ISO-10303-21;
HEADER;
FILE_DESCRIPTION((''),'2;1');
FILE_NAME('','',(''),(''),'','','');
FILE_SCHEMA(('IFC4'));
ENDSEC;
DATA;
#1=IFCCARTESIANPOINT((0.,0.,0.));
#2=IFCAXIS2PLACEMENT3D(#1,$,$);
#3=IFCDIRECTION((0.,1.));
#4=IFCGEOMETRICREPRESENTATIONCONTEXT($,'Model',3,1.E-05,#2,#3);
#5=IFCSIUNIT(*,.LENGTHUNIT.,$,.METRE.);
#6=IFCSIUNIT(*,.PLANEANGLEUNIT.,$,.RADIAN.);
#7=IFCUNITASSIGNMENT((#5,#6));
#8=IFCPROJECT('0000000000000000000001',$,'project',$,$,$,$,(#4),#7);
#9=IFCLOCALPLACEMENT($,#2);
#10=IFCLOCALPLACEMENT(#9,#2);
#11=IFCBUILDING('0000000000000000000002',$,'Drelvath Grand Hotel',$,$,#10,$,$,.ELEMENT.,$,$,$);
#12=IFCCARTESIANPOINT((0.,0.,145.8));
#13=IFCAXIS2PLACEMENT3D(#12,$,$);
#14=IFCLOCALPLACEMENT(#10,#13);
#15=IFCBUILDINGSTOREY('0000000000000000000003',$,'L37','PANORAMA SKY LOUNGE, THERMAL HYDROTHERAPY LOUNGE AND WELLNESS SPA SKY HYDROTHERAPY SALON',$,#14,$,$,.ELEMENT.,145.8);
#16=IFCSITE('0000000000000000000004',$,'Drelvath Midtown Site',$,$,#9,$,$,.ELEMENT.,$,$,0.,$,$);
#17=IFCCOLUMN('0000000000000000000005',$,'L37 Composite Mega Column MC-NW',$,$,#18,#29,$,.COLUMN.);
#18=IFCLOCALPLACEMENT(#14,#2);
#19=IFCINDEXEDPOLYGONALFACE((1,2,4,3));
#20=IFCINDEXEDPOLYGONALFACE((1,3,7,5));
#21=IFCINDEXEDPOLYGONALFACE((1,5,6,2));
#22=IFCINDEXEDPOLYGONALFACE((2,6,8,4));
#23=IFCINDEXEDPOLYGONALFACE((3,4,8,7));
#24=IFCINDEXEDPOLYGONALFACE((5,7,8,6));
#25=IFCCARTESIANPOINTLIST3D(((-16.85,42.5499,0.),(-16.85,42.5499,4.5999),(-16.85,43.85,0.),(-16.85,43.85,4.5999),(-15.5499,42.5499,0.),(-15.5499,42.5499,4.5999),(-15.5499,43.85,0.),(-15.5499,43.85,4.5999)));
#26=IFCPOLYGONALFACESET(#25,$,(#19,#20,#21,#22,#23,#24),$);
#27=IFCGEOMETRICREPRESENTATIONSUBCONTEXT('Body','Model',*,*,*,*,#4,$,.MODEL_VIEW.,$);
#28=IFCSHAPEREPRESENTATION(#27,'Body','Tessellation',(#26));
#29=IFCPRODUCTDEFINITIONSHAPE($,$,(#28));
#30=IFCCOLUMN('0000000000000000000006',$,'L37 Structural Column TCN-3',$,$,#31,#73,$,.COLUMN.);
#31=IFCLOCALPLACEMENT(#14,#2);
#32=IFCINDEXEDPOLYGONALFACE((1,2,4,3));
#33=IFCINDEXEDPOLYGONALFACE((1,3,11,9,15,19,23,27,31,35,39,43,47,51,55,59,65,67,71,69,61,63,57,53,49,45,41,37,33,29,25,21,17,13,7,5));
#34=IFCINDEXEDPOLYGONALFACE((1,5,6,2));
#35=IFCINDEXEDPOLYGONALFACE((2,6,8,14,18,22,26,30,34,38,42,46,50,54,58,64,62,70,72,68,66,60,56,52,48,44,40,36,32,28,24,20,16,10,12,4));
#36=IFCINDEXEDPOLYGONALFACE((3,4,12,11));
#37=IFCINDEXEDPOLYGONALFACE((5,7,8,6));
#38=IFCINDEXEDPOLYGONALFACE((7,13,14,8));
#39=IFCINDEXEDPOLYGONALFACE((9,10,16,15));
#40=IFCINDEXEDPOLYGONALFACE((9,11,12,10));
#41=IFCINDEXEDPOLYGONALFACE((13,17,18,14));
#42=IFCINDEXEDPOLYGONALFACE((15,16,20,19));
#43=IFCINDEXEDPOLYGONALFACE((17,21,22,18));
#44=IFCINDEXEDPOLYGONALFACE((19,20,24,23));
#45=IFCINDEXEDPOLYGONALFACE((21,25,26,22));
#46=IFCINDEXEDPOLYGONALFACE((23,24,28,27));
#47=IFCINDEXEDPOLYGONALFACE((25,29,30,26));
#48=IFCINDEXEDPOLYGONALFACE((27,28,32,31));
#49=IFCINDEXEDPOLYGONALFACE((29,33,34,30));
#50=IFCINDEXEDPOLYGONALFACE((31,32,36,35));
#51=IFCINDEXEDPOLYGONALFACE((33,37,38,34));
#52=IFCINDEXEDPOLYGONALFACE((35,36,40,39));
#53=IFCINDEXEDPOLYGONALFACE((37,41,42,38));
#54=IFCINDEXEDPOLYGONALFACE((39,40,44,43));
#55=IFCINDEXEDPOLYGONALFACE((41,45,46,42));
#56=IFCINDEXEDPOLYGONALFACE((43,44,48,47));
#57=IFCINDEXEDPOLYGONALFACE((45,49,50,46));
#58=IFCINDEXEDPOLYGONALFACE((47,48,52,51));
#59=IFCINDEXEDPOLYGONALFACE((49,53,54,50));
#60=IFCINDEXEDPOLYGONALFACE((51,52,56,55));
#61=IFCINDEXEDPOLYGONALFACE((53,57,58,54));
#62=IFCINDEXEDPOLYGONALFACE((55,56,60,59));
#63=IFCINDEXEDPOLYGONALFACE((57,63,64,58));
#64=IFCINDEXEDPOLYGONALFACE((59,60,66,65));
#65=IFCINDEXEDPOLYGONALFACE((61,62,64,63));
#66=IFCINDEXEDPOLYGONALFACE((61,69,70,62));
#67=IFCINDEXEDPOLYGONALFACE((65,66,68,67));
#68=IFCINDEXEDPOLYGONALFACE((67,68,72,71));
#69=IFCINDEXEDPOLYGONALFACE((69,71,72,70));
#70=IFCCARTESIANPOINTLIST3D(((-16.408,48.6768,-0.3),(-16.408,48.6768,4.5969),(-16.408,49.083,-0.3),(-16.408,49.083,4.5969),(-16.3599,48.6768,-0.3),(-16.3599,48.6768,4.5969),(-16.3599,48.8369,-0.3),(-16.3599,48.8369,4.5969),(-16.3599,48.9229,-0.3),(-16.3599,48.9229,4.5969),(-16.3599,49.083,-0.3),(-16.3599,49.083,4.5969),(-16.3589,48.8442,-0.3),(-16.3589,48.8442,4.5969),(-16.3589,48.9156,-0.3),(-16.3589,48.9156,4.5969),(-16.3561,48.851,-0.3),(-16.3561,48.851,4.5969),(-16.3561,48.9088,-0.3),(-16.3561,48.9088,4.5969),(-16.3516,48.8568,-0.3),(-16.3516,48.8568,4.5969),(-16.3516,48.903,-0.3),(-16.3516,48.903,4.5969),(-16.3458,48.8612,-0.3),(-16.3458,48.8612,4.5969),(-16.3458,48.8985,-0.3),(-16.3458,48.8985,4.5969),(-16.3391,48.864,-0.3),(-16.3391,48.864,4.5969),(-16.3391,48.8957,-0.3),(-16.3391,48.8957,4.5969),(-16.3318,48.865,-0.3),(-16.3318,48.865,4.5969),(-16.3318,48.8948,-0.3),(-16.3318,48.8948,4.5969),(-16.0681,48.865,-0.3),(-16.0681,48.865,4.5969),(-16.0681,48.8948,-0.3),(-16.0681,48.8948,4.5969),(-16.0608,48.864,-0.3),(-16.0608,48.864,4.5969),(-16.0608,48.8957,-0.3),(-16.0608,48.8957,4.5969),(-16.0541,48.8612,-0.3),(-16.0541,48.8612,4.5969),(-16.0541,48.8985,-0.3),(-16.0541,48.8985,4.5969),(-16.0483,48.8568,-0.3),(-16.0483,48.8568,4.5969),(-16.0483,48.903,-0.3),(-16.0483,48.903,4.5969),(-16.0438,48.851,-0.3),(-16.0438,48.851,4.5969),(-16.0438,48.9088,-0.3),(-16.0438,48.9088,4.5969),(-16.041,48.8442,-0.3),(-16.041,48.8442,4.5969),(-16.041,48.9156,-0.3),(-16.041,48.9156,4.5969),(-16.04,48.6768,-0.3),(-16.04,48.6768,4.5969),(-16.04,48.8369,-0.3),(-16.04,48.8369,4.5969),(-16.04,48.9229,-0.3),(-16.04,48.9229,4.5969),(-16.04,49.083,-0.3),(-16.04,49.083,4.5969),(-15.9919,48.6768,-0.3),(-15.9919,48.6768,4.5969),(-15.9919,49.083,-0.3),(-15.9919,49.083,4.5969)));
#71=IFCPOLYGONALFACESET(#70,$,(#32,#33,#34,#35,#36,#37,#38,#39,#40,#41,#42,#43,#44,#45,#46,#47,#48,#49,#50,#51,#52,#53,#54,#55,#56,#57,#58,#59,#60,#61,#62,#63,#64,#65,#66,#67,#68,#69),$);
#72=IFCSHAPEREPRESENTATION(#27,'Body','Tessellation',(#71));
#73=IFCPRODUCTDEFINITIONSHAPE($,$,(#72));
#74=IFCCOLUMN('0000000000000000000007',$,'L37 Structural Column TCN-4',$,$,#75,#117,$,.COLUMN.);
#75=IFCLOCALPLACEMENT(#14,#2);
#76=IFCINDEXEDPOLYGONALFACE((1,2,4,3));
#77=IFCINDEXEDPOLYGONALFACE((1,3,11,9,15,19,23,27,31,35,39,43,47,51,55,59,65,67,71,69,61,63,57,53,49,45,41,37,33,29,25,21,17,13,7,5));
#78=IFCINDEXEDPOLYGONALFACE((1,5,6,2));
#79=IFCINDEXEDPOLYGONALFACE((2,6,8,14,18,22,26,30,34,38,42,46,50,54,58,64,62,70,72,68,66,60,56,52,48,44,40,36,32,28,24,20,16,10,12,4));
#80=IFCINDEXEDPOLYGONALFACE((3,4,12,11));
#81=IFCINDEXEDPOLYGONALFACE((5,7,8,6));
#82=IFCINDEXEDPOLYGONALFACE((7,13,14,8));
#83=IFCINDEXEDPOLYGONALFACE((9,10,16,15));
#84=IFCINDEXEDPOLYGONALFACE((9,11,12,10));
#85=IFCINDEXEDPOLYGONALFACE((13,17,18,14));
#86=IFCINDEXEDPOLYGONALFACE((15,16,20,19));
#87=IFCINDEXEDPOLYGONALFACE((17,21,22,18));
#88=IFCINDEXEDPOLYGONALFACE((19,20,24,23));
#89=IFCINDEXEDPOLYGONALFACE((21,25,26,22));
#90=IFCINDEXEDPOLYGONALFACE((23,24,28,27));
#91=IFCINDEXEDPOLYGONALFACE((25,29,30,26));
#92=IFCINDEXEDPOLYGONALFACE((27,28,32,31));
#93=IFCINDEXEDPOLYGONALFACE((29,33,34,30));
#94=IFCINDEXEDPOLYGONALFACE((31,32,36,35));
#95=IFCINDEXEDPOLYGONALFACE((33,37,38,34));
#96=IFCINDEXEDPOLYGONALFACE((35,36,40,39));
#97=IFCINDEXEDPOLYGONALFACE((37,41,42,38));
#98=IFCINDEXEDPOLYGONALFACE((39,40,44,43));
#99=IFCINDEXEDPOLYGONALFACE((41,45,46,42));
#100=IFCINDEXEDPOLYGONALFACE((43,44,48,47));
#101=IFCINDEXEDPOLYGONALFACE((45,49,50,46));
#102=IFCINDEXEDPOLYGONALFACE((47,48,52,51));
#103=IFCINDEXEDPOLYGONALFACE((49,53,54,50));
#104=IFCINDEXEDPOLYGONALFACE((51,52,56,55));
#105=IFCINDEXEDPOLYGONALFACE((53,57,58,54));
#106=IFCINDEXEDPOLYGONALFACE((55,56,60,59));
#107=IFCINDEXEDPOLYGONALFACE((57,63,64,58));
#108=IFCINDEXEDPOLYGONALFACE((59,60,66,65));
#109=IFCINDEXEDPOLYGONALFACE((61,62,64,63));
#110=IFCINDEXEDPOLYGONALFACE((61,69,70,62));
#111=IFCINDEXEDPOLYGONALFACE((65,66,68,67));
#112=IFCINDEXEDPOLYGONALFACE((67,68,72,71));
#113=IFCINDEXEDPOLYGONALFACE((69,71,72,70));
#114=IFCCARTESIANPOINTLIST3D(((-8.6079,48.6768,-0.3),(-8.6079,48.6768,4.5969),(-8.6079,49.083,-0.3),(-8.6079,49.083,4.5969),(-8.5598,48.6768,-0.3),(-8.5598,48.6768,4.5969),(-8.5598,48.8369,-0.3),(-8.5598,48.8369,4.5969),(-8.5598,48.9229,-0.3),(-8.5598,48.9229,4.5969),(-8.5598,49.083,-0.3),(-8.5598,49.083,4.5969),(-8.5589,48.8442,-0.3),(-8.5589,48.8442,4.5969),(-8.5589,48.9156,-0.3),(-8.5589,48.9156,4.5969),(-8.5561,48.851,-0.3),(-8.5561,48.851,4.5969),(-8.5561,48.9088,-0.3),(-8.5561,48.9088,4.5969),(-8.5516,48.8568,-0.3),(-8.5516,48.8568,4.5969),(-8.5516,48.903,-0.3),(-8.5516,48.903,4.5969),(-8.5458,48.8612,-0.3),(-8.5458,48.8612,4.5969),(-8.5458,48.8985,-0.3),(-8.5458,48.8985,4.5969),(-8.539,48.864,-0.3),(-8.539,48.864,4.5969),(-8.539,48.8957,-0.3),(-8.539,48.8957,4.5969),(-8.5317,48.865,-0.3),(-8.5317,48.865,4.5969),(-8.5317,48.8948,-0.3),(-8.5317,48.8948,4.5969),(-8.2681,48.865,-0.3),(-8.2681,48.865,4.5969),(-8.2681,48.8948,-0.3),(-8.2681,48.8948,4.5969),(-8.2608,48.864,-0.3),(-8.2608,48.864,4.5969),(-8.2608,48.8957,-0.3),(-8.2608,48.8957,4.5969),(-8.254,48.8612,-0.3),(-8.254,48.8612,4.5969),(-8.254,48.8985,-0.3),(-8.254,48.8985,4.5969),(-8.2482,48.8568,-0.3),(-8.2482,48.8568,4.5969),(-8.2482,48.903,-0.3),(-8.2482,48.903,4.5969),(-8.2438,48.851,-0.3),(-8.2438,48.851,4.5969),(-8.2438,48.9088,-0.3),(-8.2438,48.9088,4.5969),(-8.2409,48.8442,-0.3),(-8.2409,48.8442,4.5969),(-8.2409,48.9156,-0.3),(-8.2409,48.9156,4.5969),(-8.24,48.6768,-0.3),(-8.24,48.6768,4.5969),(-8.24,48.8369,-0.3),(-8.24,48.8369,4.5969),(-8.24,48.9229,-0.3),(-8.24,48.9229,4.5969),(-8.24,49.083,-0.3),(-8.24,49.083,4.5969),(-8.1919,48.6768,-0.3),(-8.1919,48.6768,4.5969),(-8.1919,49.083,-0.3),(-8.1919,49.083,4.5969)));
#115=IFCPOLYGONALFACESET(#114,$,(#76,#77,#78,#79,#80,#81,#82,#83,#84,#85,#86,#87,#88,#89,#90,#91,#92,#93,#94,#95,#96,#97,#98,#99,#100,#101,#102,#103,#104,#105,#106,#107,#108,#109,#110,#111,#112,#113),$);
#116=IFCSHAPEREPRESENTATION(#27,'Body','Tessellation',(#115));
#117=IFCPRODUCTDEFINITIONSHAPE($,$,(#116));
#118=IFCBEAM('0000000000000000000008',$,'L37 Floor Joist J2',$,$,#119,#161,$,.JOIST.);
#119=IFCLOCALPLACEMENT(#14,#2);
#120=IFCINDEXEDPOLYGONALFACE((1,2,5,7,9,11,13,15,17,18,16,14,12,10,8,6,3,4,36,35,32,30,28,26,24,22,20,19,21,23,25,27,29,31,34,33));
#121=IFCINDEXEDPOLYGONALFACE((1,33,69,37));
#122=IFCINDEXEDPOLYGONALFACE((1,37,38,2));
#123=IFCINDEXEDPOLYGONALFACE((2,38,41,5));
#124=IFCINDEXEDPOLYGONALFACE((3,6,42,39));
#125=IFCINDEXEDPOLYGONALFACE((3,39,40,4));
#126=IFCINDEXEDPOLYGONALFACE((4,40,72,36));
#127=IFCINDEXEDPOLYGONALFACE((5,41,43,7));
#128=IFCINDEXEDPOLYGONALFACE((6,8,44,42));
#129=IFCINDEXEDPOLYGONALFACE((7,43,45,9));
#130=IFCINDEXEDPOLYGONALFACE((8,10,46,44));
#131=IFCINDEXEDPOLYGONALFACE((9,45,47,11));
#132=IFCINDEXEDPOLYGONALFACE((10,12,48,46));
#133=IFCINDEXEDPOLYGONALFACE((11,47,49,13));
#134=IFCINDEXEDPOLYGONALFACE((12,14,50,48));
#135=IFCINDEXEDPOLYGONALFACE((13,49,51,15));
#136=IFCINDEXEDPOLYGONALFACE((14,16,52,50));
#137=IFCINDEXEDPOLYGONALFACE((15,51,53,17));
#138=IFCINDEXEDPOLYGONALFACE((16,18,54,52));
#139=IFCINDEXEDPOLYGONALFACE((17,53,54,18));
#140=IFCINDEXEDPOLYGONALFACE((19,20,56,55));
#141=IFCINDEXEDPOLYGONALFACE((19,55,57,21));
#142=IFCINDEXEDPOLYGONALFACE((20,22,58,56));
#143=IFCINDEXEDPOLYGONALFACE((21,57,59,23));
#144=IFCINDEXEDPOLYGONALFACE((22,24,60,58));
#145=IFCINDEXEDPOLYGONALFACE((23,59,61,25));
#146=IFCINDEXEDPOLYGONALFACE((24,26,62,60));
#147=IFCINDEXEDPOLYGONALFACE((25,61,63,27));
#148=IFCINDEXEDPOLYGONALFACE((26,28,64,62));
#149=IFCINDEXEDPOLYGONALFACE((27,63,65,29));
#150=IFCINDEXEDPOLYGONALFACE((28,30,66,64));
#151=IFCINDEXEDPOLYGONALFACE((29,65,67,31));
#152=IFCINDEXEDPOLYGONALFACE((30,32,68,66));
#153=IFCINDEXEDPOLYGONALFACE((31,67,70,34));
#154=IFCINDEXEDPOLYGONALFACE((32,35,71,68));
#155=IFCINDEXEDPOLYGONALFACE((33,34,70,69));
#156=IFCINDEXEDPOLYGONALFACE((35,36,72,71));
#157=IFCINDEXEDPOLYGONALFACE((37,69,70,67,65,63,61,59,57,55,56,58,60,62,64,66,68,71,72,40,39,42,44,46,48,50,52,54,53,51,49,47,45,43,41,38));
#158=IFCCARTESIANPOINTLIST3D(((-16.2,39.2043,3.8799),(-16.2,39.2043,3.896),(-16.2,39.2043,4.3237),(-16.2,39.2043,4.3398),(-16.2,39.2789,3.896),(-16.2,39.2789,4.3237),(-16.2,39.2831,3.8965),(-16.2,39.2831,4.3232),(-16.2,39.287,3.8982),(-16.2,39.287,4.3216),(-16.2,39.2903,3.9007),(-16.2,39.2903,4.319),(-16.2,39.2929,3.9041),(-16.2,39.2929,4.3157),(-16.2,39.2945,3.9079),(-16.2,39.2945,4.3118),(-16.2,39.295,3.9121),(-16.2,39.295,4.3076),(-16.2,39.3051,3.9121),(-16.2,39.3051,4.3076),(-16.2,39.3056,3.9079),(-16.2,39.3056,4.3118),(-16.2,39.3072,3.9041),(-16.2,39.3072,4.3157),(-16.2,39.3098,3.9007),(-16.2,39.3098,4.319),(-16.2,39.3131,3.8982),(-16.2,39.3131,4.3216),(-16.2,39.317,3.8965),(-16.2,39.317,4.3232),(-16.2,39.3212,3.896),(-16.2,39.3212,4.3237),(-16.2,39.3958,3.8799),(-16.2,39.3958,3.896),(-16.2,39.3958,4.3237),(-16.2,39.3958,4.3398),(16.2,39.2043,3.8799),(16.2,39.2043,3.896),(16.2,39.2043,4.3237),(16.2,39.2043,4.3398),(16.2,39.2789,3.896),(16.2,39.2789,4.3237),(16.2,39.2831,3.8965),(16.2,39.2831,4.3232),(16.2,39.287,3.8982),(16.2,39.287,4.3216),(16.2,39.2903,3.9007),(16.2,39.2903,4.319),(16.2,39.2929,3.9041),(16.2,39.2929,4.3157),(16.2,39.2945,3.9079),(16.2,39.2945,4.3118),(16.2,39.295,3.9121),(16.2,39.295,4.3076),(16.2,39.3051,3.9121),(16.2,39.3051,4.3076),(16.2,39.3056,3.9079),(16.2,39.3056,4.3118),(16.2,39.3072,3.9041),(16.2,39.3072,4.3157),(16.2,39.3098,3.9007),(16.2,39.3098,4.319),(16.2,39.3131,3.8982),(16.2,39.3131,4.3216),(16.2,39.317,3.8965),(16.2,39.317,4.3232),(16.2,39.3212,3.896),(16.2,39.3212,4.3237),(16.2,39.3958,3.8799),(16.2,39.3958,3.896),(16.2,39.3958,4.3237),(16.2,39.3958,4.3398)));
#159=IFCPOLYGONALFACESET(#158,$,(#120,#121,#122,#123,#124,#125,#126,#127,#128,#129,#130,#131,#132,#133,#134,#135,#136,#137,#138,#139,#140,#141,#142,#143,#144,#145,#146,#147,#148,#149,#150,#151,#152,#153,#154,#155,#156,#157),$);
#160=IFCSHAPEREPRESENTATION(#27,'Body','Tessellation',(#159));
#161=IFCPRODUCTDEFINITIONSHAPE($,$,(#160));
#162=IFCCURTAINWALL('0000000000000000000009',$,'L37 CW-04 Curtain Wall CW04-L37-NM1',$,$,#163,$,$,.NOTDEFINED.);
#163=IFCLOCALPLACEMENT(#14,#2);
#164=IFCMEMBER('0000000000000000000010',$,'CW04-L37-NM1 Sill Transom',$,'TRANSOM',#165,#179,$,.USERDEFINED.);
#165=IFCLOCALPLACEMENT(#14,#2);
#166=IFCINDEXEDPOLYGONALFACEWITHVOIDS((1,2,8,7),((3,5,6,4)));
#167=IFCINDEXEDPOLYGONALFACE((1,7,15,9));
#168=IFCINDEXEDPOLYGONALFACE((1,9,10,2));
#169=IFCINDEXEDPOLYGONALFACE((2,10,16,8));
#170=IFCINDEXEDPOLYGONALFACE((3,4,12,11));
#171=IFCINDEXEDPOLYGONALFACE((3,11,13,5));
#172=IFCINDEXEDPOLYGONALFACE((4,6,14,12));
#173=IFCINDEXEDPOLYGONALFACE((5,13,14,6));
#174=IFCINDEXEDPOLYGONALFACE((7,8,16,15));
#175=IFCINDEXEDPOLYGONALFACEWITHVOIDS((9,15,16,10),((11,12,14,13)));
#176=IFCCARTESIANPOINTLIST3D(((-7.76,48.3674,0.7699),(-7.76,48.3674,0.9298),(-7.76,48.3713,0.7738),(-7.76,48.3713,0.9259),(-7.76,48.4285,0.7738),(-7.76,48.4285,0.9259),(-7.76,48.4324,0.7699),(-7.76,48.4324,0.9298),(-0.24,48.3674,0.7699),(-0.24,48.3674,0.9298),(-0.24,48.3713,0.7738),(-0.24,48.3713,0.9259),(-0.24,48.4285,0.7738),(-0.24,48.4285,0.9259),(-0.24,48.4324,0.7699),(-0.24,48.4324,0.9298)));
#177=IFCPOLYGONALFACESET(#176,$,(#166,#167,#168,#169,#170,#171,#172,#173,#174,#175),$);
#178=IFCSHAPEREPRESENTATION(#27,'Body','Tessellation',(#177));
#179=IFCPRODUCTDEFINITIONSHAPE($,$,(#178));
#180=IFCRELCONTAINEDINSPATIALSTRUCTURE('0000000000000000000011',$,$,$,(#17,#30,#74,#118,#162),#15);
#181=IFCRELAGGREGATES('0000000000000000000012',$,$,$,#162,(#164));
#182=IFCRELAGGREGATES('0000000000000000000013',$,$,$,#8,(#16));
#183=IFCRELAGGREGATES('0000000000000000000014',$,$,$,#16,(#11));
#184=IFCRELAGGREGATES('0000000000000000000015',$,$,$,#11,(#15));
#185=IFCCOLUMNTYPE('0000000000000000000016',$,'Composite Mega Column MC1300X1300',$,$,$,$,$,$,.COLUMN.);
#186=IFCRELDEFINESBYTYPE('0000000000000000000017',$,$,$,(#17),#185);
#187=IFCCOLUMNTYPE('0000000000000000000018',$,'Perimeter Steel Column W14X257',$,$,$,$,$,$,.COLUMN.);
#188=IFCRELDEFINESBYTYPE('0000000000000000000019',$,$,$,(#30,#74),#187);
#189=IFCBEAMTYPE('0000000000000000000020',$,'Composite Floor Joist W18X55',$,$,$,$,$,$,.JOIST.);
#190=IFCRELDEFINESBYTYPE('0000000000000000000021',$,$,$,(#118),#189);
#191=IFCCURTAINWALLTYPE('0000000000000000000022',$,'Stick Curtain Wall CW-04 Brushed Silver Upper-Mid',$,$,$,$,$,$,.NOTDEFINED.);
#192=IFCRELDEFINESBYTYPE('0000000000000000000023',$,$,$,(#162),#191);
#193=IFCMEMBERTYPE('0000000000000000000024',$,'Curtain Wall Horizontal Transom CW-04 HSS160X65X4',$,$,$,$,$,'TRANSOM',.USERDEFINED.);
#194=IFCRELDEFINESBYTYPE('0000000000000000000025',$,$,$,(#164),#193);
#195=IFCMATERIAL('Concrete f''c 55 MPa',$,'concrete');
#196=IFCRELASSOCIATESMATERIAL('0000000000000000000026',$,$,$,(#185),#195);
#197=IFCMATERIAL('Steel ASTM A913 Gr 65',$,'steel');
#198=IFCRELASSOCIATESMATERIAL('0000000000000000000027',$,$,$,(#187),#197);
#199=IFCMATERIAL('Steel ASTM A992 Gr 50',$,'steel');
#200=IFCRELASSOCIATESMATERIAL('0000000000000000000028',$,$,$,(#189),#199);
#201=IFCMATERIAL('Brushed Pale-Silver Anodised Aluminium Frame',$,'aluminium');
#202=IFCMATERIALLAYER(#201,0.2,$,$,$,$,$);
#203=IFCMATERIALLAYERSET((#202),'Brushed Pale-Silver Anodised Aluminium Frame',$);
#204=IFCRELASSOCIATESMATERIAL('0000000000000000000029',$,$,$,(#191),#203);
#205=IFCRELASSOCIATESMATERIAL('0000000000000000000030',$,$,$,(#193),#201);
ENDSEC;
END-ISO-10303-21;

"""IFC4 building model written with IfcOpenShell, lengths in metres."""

from ifc_helpers import new_model, si_unit, direction, frame, origin, origin_2d, place, context, subcontext, project, spatial, rectangle, hollow_rectangle, i_section, extrude, material, layer, layer_set, material_profile, profile_set, type_object, element, aggregate, save


model = new_model("IFC4")

# Units and contexts
model_context = context("Model", 3, precision=1e-05, world=origin(), true_north=direction((0.0, 1.0)))
body_context = subcontext(model_context, "Body", "Model", "MODEL_VIEW")
ifc_project = project(units=[si_unit("LENGTHUNIT", "METRE"), si_unit("PLANEANGLEUNIT", "RADIAN")], contexts=[model_context])

# Site, building, storey
site_placement = place(None, origin())
site = spatial("IfcSite", under=ifc_project, at=site_placement, Name="Drelvath Midtown Site", CompositionType="ELEMENT", RefElevation=0.0)
building_placement = place(site_placement, origin())
building = spatial("IfcBuilding", under=site, at=building_placement, Name="Drelvath Grand Hotel", CompositionType="ELEMENT")
storey_placement = place(building_placement, frame((0.0, 0.0, 145.8)))
storey = spatial("IfcBuildingStorey", under=building, at=storey_placement, Name="L37", Description="PANORAMA SKY LOUNGE, THERMAL HYDROTHERAPY LOUNGE AND WELLNESS SPA SKY HYDROTHERAPY SALON", CompositionType="ELEMENT", Elevation=145.8)

# Columns
ifc_material_1 = material(Name="Concrete f'c 55 MPa", Category="concrete")
ifc_material_profile_1 = material_profile(ifc_material_1, rectangle(XDim=1.3, YDim=1.3, at=origin_2d()), Name="MC1300X1300")
ifc_profile_set_1 = profile_set([ifc_material_profile_1], Name="Concrete f'c 55 MPa")
column_type_1 = type_object("IfcColumnType", Name="Composite Mega Column MC1300X1300", PredefinedType="COLUMN", material=ifc_profile_set_1)
column_placement = place(storey_placement, frame((-16.2, 43.2, 0.0), z_axis=(0.0, 0.0, 1.0), x_axis=(1.0, 0.0, 0.0)))
element("IfcColumn", 1, at=column_placement, inside=storey, type_object=column_type_1, Name="L37 Composite Mega Column MC-NW", PredefinedType="COLUMN", context=body_context, shape_type="SweptSolid", body=[
    extrude(rectangle(XDim=1.3, YDim=1.3, at=origin_2d()), origin(), (0.0, 0.0, 1.0), 4.5999),
])
ifc_material_2 = material(Name="Steel ASTM A913 Gr 65", Category="steel")
ifc_material_profile_2 = material_profile(ifc_material_2, i_section(OverallWidth=0.4062, OverallDepth=0.416, WebThickness=0.0298, FlangeThickness=0.0481, FilletRadius=0.0281, at=origin_2d()), Name="W14X257")
ifc_profile_set_2 = profile_set([ifc_material_profile_2], Name="Steel ASTM A913 Gr 65")
column_type_2 = type_object("IfcColumnType", Name="Perimeter Steel Column W14X257", PredefinedType="COLUMN", material=ifc_profile_set_2)
for number, where, z_axis, x_axis, name in (
    (2, (-16.2, 48.8799, -0.3), (0.0, 0.0, 1.0), (0.0, 1.0, 0.0), "L37 Structural Column TCN-3"),
    (3, (-8.3999, 48.8799, -0.3), (0.0, 0.0, 1.0), (0.0, 1.0, 0.0), "L37 Structural Column TCN-4"),
):
    element("IfcColumn", number, at=place(storey_placement, frame(where, z_axis=z_axis, x_axis=x_axis)), inside=storey, type_object=column_type_2, Name=name, PredefinedType="COLUMN", context=body_context, shape_type="SweptSolid", body=[
        extrude(i_section(OverallWidth=0.4062, OverallDepth=0.416, WebThickness=0.0298, FlangeThickness=0.0481, FilletRadius=0.0281, at=origin_2d()), origin(), (0.0, 0.0, 1.0), 4.897),
    ])

# Beam
ifc_material_3 = material(Name="Steel ASTM A992 Gr 50", Category="steel")
ifc_material_profile_3 = material_profile(ifc_material_3, i_section(OverallWidth=0.1914, OverallDepth=0.46, WebThickness=0.01, FlangeThickness=0.0161, FilletRadius=0.0161, at=origin_2d()), Name="W18X55")
ifc_profile_set_3 = profile_set([ifc_material_profile_3], Name="Steel ASTM A992 Gr 50")
beam_type_1 = type_object("IfcBeamType", Name="Composite Floor Joist W18X55", PredefinedType="JOIST", material=ifc_profile_set_3)
beam_1_placement = place(storey_placement, frame((-16.2, 39.3, 4.1099), z_axis=(1.0, 0.0, 0.0), x_axis=(0.0, 1.0, 0.0)))
element("IfcBeam", 4, at=beam_1_placement, inside=storey, type_object=beam_type_1, Name="L37 Floor Joist J2", PredefinedType="JOIST", context=body_context, shape_type="SweptSolid", body=[
    extrude(i_section(OverallWidth=0.1914, OverallDepth=0.46, WebThickness=0.01, FlangeThickness=0.0161, FilletRadius=0.0161, at=origin_2d()), origin(), (0.0, 0.0, 1.0), 32.3999),
])

# Curtain wall, member
ifc_material_4 = material(Name="Brushed Pale-Silver Anodised Aluminium Frame", Category="aluminium")
ifc_layer_1 = layer(ifc_material_4, 0.2)
ifc_layer_set_1 = layer_set([ifc_layer_1], Name="Brushed Pale-Silver Anodised Aluminium Frame")
curtain_wall_type = type_object("IfcCurtainWallType", Name="Stick Curtain Wall CW-04 Brushed Silver Upper-Mid", PredefinedType="NOTDEFINED", material=ifc_layer_set_1)
curtain_wall_placement = place(storey_placement, origin())
curtain_wall = element("IfcCurtainWall", 5, at=curtain_wall_placement, inside=storey, type_object=curtain_wall_type, Name="L37 CW-04 Curtain Wall CW04-L37-NM1", PredefinedType="NOTDEFINED")
ifc_material_profile_4 = material_profile(ifc_material_4, hollow_rectangle(XDim=0.0649, YDim=0.1599, WallThickness=0.0039, at=origin_2d()), Name="HSS160X65X4")
ifc_profile_set_4 = profile_set([ifc_material_profile_4], Name="Brushed Pale-Silver Anodised Aluminium Frame")
member_type_1 = type_object("IfcMemberType", Name="Curtain Wall Horizontal Transom CW-04 HSS160X65X4", ElementType="TRANSOM", PredefinedType="USERDEFINED", material=ifc_profile_set_4)
member_1_placement = place(storey_placement, frame((-7.76, 48.3999, 0.8499), z_axis=(1.0, 0.0, 0.0), x_axis=(0.0, 1.0, 0.0)))
member_1 = element("IfcMember", 6, at=member_1_placement, type_object=member_type_1, Name="CW04-L37-NM1 Sill Transom", ObjectType="TRANSOM", PredefinedType="USERDEFINED", context=body_context, shape_type="SweptSolid", body=[
    extrude(hollow_rectangle(XDim=0.0649, YDim=0.1599, WallThickness=0.0039, at=origin_2d()), origin(), (0.0, 0.0, 1.0), 7.52),
])

aggregate(curtain_wall, [member_1])

save(model, "model.ifc")
